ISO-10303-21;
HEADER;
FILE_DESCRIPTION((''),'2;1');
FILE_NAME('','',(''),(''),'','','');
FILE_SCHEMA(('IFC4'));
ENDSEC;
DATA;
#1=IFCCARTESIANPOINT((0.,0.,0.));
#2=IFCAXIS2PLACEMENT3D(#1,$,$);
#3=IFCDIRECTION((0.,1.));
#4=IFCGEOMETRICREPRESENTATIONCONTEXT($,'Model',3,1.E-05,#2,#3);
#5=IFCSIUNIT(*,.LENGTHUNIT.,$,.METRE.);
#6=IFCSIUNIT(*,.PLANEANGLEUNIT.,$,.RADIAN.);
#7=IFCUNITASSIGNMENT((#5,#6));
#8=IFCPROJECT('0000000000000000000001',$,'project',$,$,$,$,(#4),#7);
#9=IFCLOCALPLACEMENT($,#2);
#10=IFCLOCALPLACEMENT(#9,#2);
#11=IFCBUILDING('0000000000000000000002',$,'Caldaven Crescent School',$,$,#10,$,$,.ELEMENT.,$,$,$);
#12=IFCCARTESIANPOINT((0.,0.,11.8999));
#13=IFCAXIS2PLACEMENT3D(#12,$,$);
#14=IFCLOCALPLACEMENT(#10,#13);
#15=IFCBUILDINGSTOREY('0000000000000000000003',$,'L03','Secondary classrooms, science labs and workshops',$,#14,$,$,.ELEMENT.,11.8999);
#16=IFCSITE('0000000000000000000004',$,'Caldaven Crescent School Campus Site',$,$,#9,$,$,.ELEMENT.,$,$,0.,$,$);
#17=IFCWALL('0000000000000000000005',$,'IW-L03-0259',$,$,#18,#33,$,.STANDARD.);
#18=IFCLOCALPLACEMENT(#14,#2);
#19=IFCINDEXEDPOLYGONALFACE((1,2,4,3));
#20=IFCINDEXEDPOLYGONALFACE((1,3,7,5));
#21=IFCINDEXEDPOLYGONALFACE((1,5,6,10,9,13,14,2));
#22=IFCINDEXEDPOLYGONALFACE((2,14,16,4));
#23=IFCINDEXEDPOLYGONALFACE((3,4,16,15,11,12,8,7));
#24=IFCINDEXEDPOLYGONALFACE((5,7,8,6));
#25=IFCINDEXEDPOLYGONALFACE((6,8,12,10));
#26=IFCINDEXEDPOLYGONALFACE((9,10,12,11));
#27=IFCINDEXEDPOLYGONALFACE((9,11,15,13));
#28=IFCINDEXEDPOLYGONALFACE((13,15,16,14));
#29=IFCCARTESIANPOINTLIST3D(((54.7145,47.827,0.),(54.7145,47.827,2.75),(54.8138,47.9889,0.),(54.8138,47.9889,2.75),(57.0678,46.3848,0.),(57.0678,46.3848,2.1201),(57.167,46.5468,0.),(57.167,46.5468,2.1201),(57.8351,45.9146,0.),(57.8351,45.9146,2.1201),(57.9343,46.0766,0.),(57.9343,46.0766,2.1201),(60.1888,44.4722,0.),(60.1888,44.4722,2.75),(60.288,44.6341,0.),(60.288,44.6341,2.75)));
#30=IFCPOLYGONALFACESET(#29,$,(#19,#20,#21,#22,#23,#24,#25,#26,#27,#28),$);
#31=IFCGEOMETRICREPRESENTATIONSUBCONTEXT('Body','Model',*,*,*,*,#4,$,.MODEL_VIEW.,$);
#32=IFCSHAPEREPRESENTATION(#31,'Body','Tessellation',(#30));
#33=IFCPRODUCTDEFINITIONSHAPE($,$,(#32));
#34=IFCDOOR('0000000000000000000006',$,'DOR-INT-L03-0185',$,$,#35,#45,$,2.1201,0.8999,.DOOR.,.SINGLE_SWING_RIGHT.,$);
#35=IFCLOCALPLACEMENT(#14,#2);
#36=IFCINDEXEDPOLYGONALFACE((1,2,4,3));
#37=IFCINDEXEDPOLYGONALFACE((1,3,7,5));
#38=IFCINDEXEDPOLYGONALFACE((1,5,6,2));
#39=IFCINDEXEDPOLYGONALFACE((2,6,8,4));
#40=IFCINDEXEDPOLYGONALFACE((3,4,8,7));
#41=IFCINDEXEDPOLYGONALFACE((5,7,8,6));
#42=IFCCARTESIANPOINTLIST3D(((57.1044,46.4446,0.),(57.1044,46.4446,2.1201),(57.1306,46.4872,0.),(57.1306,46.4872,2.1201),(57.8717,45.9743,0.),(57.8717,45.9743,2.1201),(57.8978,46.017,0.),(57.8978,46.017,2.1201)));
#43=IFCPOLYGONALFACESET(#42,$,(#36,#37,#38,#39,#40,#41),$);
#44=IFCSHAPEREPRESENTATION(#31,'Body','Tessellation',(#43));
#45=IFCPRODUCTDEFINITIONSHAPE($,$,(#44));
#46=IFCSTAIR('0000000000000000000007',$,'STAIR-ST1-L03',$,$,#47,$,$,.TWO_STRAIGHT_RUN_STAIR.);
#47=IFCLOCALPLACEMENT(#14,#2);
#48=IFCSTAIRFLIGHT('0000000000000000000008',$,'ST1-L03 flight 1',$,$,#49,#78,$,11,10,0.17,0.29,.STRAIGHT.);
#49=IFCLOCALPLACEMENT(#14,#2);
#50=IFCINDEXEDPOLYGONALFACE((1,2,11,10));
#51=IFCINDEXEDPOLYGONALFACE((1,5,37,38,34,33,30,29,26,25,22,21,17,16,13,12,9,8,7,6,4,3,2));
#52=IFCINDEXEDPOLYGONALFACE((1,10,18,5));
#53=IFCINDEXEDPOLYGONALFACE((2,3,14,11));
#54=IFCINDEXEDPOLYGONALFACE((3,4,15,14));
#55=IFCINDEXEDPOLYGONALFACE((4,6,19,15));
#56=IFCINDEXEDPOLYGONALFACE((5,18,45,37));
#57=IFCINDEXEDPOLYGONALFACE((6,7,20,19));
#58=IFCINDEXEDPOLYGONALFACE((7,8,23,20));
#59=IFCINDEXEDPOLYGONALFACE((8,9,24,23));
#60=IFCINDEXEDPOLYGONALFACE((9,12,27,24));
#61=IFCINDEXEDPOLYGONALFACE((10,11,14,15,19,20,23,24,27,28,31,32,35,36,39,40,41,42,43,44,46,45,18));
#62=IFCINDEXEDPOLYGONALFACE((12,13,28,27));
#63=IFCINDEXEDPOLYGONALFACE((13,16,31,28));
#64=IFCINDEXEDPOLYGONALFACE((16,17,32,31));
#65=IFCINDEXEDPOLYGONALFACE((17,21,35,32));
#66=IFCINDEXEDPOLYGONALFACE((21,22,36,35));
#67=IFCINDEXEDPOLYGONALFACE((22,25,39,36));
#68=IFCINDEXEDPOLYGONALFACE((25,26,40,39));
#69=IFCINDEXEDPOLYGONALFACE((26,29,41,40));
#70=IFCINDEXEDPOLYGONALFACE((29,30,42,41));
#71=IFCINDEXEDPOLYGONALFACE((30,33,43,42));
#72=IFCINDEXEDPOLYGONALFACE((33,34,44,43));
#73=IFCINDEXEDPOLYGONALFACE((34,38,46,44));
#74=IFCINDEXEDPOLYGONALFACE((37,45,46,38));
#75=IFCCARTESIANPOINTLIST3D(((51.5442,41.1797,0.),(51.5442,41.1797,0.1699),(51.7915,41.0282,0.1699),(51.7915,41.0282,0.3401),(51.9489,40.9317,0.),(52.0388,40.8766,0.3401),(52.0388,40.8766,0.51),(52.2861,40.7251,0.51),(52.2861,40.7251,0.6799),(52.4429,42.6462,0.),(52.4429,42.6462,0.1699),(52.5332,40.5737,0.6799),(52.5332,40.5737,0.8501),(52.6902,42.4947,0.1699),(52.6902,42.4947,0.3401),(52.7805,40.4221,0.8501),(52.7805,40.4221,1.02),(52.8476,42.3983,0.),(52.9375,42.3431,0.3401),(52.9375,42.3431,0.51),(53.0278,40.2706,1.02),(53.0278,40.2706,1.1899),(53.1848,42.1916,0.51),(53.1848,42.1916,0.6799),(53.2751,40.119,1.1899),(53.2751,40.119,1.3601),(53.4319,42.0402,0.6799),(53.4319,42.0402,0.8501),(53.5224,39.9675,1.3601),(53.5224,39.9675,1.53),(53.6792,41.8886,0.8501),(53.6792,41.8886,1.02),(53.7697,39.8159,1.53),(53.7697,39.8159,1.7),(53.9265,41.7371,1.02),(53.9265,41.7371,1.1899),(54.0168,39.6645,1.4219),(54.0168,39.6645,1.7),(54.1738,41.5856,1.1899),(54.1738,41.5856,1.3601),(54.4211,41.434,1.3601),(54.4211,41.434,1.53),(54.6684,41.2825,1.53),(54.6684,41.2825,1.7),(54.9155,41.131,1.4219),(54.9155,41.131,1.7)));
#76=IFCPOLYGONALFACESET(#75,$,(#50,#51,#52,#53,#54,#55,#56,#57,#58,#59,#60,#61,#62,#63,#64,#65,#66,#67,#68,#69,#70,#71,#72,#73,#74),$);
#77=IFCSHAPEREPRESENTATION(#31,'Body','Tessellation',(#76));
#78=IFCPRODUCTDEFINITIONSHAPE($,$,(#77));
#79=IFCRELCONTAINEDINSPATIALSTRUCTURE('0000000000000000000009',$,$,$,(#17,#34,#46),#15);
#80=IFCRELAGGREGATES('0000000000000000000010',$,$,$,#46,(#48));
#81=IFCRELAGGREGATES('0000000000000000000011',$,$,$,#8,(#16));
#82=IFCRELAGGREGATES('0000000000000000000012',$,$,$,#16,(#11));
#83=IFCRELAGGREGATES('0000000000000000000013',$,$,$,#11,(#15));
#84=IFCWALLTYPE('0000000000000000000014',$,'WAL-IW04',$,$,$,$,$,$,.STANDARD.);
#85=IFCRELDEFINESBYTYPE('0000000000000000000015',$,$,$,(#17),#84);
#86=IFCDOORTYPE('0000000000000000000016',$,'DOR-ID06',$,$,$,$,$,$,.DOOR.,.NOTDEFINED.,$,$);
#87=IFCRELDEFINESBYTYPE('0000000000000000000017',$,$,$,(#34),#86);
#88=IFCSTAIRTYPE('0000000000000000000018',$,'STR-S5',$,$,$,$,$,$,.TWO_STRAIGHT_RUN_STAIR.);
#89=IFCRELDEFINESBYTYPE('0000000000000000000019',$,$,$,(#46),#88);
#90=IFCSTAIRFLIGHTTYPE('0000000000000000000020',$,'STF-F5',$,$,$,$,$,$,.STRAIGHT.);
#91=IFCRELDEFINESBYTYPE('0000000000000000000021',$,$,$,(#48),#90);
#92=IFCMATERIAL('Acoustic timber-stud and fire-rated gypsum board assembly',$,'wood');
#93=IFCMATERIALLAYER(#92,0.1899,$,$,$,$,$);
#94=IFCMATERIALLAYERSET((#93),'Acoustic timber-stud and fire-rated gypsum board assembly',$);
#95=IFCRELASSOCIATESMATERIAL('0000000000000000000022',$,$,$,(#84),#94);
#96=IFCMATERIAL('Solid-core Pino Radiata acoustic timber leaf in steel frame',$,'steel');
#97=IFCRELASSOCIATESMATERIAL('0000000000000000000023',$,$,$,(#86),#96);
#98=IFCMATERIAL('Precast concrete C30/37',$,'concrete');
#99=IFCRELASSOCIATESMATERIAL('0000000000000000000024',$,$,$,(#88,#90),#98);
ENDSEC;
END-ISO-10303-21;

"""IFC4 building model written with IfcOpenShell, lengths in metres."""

from ifc_helpers import new_model, si_unit, direction, frame, frame_2d, origin, place, context, subcontext, project, spatial, polyline, rectangle, outline, extrude, material, layer, layer_set, type_object, element, fill, aggregate, save


model = new_model("IFC4")

# Units and contexts
model_context = context("Model", 3, precision=1e-05, world=origin(), true_north=direction((0.0, 1.0)))
body_context = subcontext(model_context, "Body", "Model", "MODEL_VIEW")
ifc_project = project(units=[si_unit("LENGTHUNIT", "METRE"), si_unit("PLANEANGLEUNIT", "RADIAN")], contexts=[model_context])

# Site, building, storey
site_placement = place(None, origin())
site = spatial("IfcSite", under=ifc_project, at=site_placement, Name="Caldaven Crescent School Campus Site", CompositionType="ELEMENT", RefElevation=0.0)
building_placement = place(site_placement, origin())
building = spatial("IfcBuilding", under=site, at=building_placement, Name="Caldaven Crescent School", CompositionType="ELEMENT")
storey_placement = place(building_placement, frame((0.0, 0.0, 11.8999)))
storey = spatial("IfcBuildingStorey", under=building, at=storey_placement, Name="L03", Description="Secondary classrooms, science labs and workshops", CompositionType="ELEMENT", Elevation=11.8999)

# Wall, opening, door
ifc_material_1 = material(Name="Acoustic timber-stud and fire-rated gypsum board assembly", Category="wood")
ifc_material_2 = material(Name="Solid-core Pino Radiata acoustic timber leaf in steel frame", Category="steel")
ifc_layer_1 = layer(ifc_material_1, 0.1899)
ifc_layer_set_1 = layer_set([ifc_layer_1], Name="Acoustic timber-stud and fire-rated gypsum board assembly")
wall_type_1 = type_object("IfcWallType", Name="WAL-IW04", PredefinedType="STANDARD", material=ifc_layer_set_1)
wall_1_placement = place(storey_placement, frame((54.7642, 47.908, 0.0), z_axis=(0.0, 0.0, 1.0), x_axis=(0.852627, -0.52252, 0.0)))
wall_1 = element("IfcWall", 1, at=wall_1_placement, inside=storey, type_object=wall_type_1, Name="IW-L03-0259", PredefinedType="STANDARD", context=body_context, shape_type="SweptSolid", body=[
    extrude(rectangle(XDim=6.4204, YDim=0.1899, at=frame_2d((3.2102, 0.0))), origin(), (0.0, 0.0, 1.0), 2.75),
])
opening_1_placement = place(wall_1_placement, frame((2.76, 0.0, 0.0)))
opening_1 = element("IfcOpeningElement", 2, at=opening_1_placement, cuts=wall_1, PredefinedType="OPENING", context=body_context, shape_type="SweptSolid", body=[
    extrude(rectangle(XDim=0.8999, YDim=2.1201, at=frame_2d((0.45, 1.0601))), frame((0.0, 0.105, 0.0), z_axis=(0.0, -1.0, 0.0), x_axis=(1.0, 0.0, 0.0)), (0.0, 0.0, 1.0), 0.21),
])
door_type_1 = type_object("IfcDoorType", Name="DOR-ID06", OperationType="NOTDEFINED", PredefinedType="DOOR", material=ifc_material_2)
door_1_placement = place(opening_1_placement, frame((0.8999, 0.0, 0.0), z_axis=(0.0, 0.0, 1.0), x_axis=(-1.0, 0.0, 0.0)))
door_1 = element("IfcDoor", 3, at=door_1_placement, inside=storey, type_object=door_type_1, Name="DOR-INT-L03-0185", OperationType="SINGLE_SWING_RIGHT", OverallHeight=2.1201, OverallWidth=0.8999, PredefinedType="DOOR", context=body_context, shape_type="SweptSolid", body=[
    extrude(rectangle(XDim=0.8999, YDim=2.1201, at=frame_2d((0.45, 1.0601))), frame((0.0, 0.0249, 0.0), z_axis=(0.0, -1.0, 0.0), x_axis=(1.0, 0.0, 0.0)), (0.0, 0.0, 1.0), 0.05),
])
fill(opening_1, door_1)

# Stair, stair flight
ifc_material_3 = material(Name="Precast concrete C30/37", Category="concrete")
stair_type = type_object("IfcStairType", Name="STR-S5", PredefinedType="TWO_STRAIGHT_RUN_STAIR", material=ifc_material_3)
stair_placement = place(storey_placement, origin())
stair = element("IfcStair", 4, at=stair_placement, inside=storey, type_object=stair_type, Name="STAIR-ST1-L03", PredefinedType="TWO_STRAIGHT_RUN_STAIR")
stair_flight_type = type_object("IfcStairFlightType", Name="STF-F5", PredefinedType="STRAIGHT", material=ifc_material_3)
stair_flight_1_placement = place(storey_placement, frame((51.9937, 41.9131, 0.0), z_axis=(0.0, 0.0, 1.0), x_axis=(0.85264, -0.522499, 0.0)))
stair_flight_1 = element("IfcStairFlight", 5, at=stair_flight_1_placement, type_object=stair_flight_type, Name="ST1-L03 flight 1", NumberOfRisers=11, NumberOfTreads=10, PredefinedType="STRAIGHT", RiserHeight=0.17, TreadLength=0.29, context=body_context, shape_type="SweptSolid", body=[
    extrude(outline(polyline([(0.0, 0.0), (0.0, 0.1699), (0.29, 0.1699), (0.29, 0.3401), (0.5801, 0.3401), (0.5801, 0.51), (0.8701, 0.51), (0.8701, 0.6799), (1.1599, 0.6799), (1.1599, 0.8501), (1.45, 0.8501), (1.45, 1.02), (1.74, 1.02), (1.74, 1.1899), (2.03, 1.1899), (2.03, 1.3601), (2.3201, 1.3601), (2.3201, 1.53), (2.6101, 1.53), (2.6101, 1.7), (2.8999, 1.7), (2.8999, 1.8701), (2.8999, 1.4219), (0.4746, 0.0), (0.0, 0.0)])), frame((0.0, 0.8599, 0.0), z_axis=(0.0, -1.0, 0.0), x_axis=(1.0, 0.0, 0.0)), (0.0, 0.0, 1.0), 1.72),
])
aggregate(stair, [stair_flight_1])

save(model, "model.ifc")
